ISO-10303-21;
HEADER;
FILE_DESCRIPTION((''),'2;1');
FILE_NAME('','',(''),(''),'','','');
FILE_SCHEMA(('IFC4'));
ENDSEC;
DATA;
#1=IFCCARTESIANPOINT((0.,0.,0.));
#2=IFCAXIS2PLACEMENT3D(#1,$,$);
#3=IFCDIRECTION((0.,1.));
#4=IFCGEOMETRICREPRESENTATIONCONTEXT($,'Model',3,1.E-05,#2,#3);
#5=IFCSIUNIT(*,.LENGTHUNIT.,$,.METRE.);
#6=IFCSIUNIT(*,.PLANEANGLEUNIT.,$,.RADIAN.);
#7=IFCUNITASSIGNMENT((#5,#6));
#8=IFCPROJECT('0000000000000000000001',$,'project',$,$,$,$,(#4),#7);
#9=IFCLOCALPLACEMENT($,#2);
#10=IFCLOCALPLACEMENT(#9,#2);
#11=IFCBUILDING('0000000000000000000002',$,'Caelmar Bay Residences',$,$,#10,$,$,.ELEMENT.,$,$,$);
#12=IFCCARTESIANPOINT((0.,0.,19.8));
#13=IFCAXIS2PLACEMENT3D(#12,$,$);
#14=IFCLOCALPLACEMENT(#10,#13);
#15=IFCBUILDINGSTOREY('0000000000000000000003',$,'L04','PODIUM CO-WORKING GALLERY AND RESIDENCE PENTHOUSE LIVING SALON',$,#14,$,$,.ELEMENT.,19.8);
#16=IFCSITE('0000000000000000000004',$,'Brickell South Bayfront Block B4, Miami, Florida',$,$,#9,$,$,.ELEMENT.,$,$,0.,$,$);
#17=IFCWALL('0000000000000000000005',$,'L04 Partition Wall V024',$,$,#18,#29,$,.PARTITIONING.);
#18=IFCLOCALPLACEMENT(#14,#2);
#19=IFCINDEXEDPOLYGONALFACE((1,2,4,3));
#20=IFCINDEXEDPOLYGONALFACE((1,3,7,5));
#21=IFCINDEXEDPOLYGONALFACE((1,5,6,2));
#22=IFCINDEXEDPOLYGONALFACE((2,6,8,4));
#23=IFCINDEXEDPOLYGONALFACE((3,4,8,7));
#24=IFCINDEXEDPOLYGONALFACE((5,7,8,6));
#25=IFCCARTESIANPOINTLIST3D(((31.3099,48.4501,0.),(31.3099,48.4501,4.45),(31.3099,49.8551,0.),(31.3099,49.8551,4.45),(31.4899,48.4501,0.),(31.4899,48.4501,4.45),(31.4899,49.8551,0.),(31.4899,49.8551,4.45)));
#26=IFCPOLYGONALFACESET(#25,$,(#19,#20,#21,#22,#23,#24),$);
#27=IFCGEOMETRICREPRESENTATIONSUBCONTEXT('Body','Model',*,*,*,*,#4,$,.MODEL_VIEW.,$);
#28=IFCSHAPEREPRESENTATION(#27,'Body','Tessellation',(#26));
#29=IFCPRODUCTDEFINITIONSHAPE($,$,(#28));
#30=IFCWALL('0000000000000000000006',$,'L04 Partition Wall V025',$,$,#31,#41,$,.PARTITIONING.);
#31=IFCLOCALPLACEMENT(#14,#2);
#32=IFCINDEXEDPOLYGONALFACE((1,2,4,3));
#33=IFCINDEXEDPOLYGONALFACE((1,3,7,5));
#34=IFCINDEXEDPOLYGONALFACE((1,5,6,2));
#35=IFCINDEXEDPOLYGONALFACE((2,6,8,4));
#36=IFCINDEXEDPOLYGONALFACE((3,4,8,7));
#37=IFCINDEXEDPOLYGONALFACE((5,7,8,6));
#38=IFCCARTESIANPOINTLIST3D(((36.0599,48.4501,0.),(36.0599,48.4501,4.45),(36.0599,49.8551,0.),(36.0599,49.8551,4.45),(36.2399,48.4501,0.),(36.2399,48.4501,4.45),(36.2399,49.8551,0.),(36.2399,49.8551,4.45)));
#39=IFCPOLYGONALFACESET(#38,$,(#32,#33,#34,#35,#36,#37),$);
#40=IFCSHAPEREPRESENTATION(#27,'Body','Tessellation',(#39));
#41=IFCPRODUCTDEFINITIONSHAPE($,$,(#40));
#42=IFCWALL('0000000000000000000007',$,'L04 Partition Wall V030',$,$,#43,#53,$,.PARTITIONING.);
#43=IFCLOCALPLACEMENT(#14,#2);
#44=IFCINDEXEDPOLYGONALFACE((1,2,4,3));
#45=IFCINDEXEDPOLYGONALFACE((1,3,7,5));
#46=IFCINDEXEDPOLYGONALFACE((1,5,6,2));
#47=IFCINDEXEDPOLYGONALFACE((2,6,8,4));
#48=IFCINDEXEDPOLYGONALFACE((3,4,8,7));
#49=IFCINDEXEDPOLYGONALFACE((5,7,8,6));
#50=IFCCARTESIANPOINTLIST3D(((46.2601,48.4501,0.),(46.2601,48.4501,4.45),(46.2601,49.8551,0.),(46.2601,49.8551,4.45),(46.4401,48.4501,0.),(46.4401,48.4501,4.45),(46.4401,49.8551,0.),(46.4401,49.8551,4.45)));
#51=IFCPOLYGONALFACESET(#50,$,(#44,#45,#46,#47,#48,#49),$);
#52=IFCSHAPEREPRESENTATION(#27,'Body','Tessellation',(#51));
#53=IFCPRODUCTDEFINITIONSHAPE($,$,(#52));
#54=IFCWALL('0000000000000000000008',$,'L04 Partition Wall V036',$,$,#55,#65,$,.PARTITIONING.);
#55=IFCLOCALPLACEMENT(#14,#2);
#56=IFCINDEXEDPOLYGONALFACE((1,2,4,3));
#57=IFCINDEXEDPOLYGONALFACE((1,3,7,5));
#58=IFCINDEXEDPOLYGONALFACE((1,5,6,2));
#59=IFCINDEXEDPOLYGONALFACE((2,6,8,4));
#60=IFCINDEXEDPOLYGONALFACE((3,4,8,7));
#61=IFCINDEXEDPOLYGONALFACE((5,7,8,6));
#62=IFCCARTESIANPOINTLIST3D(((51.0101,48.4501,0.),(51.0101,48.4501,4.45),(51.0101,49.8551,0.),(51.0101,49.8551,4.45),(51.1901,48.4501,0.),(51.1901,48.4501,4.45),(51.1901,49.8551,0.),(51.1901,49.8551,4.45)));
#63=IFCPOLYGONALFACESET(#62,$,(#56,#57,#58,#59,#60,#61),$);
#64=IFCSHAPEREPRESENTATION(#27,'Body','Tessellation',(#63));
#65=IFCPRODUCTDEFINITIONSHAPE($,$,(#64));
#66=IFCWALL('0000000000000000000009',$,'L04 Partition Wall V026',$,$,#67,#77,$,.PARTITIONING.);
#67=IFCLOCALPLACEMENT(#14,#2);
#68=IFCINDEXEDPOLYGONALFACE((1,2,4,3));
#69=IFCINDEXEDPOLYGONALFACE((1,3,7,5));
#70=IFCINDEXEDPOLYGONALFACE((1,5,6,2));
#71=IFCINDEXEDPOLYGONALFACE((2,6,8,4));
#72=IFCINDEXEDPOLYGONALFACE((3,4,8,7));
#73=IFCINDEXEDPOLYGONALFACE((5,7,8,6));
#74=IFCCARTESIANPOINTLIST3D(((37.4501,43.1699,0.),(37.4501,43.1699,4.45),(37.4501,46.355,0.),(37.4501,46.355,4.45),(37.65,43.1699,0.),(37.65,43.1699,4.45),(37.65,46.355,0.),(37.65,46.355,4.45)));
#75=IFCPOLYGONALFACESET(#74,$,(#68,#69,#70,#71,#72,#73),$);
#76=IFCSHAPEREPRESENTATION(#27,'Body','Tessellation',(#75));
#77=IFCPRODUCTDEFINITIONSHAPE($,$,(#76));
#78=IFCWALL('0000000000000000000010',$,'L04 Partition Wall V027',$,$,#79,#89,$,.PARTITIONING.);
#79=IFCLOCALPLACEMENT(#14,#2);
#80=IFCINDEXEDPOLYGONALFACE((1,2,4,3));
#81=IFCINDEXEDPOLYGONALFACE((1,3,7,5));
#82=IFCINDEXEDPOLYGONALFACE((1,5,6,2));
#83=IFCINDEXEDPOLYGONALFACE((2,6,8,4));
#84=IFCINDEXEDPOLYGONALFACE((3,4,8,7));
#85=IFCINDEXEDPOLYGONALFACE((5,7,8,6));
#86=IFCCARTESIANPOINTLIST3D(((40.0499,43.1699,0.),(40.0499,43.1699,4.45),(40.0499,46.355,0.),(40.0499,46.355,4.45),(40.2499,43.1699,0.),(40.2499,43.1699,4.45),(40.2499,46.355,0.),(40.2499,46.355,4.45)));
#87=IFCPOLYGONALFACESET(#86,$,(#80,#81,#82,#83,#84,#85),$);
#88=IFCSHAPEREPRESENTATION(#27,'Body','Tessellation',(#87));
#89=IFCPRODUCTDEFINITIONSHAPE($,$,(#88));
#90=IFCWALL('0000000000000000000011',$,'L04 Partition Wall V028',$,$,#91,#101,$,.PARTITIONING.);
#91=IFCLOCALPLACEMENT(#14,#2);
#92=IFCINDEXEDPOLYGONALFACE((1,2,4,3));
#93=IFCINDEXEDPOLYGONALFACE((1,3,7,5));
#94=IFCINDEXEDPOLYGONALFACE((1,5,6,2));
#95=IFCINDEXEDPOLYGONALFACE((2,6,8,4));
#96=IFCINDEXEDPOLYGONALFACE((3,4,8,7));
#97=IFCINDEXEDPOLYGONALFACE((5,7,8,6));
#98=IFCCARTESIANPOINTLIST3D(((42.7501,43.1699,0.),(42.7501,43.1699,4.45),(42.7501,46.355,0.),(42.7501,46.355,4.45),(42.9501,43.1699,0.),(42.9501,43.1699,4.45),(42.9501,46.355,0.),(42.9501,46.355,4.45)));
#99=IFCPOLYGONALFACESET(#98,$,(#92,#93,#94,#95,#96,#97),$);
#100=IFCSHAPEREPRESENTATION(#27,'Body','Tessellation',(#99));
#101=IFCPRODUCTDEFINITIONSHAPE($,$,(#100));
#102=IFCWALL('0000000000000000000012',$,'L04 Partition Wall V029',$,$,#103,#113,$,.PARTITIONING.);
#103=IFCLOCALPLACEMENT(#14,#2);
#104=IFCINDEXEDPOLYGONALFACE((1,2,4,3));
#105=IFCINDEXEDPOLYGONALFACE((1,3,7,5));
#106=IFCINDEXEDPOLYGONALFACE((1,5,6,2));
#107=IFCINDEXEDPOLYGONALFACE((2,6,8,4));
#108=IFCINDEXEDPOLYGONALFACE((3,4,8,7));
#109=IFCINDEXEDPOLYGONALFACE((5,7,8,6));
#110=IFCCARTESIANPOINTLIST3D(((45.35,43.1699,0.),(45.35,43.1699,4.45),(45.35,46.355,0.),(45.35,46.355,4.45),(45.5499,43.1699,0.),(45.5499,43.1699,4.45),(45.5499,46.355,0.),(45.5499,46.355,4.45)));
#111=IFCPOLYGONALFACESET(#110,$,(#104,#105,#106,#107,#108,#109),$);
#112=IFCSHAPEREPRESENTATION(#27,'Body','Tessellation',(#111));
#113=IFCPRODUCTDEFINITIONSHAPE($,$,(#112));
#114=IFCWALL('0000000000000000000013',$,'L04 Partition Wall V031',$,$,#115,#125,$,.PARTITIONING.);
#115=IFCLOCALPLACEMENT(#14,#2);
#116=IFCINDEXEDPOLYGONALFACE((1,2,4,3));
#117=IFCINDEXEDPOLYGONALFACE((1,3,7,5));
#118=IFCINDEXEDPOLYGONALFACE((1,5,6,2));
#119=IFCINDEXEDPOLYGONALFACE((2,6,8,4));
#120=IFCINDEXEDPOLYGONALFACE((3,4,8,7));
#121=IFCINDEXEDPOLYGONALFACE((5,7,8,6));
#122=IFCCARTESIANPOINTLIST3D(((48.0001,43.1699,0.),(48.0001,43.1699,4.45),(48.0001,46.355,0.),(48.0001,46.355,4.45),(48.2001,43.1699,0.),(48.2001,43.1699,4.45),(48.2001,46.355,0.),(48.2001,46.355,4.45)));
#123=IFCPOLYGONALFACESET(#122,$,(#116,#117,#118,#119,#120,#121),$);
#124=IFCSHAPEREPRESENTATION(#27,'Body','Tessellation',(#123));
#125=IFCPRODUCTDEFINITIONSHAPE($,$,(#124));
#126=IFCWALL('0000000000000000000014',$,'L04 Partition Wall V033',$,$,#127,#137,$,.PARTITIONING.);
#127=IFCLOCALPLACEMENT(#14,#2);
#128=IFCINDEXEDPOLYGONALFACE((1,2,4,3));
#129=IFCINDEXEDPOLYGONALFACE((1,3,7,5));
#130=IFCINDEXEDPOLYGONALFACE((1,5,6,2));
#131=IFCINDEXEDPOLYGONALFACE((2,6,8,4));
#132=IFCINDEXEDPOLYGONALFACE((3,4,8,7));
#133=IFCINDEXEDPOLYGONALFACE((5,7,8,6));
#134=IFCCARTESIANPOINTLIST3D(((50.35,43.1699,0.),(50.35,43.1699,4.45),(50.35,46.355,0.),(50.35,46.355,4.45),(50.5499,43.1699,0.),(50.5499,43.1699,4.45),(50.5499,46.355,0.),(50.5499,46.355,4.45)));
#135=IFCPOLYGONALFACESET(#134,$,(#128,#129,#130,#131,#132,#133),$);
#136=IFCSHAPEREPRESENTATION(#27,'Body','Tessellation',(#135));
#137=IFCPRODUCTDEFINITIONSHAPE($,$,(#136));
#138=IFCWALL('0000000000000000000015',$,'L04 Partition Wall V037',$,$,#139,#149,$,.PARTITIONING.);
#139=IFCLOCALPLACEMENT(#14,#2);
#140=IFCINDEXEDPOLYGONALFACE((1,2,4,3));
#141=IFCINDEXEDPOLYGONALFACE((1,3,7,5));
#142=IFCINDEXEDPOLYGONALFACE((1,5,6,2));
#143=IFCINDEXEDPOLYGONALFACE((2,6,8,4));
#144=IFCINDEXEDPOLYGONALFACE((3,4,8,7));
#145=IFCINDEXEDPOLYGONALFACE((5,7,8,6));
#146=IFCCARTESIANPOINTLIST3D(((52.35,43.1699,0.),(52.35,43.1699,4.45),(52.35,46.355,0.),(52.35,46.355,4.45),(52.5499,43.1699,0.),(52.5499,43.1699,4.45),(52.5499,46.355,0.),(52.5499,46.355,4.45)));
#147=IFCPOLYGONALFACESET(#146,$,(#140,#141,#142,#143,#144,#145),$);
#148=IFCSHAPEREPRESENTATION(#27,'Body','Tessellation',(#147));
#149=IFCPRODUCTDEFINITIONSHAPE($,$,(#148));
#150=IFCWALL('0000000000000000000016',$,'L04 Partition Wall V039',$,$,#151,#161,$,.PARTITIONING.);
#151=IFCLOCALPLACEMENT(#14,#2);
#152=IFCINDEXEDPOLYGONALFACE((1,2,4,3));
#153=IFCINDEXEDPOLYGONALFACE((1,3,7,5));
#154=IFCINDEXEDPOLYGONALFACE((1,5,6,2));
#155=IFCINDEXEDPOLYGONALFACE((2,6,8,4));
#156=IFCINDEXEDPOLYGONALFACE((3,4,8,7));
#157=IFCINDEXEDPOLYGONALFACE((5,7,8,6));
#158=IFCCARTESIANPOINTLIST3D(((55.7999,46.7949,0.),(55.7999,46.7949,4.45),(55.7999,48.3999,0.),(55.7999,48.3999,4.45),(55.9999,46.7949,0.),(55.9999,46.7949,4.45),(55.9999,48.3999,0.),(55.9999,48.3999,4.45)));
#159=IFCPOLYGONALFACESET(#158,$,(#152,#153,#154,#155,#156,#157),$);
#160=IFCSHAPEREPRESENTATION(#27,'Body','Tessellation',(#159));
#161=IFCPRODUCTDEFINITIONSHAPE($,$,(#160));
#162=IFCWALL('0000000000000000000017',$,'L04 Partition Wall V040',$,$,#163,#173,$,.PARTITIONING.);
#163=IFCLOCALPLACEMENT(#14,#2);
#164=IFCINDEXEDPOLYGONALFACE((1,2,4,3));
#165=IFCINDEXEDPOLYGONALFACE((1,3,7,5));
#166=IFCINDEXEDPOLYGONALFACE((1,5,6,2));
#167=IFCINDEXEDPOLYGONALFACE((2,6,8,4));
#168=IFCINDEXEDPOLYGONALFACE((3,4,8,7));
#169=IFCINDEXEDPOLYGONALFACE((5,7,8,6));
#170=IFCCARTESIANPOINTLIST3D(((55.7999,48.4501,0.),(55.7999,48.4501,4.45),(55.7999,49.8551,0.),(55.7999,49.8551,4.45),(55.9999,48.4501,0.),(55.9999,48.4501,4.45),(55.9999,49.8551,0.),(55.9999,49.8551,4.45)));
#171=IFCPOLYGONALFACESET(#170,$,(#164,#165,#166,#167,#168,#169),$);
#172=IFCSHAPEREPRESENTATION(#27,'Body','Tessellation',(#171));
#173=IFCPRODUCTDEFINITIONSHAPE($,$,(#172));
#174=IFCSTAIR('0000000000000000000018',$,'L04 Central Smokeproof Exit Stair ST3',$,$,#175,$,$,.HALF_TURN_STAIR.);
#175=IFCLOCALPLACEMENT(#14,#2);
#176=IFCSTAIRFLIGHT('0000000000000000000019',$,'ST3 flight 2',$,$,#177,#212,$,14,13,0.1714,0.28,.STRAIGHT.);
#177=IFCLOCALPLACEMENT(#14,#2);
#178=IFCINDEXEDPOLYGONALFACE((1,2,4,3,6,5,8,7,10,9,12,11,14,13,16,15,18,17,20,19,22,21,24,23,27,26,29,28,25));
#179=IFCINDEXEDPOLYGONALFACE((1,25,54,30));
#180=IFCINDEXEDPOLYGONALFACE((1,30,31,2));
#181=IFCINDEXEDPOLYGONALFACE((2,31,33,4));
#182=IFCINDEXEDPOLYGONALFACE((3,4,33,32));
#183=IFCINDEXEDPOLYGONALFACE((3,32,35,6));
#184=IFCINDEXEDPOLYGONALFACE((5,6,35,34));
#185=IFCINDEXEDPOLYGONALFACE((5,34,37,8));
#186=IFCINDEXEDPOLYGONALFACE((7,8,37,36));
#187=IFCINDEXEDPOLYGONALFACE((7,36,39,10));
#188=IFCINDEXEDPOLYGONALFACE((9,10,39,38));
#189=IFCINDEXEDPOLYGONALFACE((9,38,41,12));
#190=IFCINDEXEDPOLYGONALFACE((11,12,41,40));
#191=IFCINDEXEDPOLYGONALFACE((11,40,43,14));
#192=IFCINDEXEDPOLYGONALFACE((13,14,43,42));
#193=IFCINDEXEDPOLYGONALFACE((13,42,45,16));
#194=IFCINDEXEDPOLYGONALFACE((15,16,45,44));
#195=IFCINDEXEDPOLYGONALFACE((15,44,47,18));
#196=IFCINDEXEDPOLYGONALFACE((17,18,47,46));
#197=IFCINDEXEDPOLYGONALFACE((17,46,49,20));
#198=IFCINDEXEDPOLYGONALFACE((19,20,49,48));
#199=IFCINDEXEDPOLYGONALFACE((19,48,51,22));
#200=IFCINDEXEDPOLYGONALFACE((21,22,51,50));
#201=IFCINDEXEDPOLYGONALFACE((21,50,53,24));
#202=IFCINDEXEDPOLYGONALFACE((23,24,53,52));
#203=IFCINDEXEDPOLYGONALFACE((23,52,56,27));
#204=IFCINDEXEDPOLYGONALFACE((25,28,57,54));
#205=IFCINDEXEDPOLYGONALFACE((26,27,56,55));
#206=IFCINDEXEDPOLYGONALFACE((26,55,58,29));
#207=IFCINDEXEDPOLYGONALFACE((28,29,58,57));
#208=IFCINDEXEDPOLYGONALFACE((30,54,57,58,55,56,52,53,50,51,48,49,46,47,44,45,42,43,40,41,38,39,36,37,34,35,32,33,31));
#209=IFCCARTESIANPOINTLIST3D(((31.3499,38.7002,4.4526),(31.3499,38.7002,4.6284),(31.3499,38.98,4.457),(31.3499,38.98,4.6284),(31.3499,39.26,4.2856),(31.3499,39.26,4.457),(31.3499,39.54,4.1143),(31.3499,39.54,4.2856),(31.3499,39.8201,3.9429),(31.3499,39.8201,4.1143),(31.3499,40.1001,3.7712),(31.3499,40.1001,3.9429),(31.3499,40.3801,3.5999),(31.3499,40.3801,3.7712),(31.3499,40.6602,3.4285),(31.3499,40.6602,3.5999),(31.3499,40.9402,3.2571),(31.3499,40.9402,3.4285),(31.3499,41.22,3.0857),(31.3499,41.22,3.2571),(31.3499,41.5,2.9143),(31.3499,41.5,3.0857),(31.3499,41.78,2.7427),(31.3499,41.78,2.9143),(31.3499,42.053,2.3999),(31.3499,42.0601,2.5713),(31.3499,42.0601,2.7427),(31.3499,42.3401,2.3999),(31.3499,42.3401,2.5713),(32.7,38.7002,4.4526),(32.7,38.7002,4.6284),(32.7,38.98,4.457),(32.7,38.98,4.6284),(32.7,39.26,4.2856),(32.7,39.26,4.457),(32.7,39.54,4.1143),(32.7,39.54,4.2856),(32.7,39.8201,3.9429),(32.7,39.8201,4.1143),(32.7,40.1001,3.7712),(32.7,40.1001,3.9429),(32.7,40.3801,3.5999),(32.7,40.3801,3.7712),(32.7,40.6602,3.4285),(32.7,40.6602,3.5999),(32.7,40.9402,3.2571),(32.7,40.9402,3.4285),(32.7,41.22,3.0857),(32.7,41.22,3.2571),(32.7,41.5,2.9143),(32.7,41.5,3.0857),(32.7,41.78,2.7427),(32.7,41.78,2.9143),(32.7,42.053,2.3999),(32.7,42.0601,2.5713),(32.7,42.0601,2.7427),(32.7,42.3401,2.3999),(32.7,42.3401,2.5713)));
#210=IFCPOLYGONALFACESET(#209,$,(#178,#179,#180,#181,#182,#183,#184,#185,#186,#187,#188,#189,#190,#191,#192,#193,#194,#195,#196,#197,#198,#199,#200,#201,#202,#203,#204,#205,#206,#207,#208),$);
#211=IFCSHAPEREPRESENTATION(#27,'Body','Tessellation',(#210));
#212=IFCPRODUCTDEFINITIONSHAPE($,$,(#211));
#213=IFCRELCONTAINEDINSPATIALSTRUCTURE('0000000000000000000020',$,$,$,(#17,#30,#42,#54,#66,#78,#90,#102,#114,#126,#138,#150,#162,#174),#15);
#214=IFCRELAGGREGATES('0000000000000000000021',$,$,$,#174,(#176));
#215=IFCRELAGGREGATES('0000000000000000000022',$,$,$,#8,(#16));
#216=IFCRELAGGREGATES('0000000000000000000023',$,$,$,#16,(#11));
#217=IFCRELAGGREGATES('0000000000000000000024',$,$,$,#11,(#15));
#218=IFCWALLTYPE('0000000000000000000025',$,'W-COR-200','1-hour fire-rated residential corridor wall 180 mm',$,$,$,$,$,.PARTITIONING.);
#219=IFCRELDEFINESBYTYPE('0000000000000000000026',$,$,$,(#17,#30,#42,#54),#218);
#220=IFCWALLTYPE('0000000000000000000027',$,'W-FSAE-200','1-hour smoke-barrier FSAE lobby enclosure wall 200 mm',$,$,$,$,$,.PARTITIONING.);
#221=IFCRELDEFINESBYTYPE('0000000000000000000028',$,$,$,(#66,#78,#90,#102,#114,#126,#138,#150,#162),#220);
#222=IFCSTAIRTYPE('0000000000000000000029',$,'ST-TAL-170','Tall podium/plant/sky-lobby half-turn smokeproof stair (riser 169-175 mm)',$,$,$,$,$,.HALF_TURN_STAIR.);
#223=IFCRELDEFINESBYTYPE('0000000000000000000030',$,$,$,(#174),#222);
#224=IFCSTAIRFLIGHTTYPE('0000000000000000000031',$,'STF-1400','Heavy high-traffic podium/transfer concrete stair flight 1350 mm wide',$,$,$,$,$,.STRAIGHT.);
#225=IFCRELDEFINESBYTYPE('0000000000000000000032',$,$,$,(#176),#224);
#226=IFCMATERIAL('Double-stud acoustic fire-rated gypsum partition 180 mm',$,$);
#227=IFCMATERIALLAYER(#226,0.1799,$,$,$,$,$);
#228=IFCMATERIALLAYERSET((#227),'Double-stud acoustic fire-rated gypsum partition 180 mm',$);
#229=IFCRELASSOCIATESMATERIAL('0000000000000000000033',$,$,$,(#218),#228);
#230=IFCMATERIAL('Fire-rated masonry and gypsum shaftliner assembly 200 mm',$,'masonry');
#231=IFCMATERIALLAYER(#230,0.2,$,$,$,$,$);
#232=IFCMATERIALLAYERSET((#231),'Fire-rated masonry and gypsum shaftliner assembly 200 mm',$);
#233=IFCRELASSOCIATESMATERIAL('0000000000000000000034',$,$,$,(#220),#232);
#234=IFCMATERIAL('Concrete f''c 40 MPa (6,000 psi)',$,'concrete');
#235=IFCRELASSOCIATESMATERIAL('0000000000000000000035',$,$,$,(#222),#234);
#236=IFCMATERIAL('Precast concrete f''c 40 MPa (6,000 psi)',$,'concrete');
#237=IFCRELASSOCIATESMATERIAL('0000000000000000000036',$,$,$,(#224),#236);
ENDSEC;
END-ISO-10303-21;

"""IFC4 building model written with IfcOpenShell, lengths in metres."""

from ifc_helpers import new_model, si_unit, direction, frame, frame_2d, origin, place, context, subcontext, project, spatial, polyline, rectangle, outline, extrude, material, layer, layer_set, type_object, element, aggregate, save


model = new_model("IFC4")

# Units and contexts
model_context = context("Model", 3, precision=1e-05, world=origin(), true_north=direction((0.0, 1.0)))
body_context = subcontext(model_context, "Body", "Model", "MODEL_VIEW")
ifc_project = project(units=[si_unit("LENGTHUNIT", "METRE"), si_unit("PLANEANGLEUNIT", "RADIAN")], contexts=[model_context])

# Site, building, storey
site_placement = place(None, origin())
site = spatial("IfcSite", under=ifc_project, at=site_placement, Name="Brickell South Bayfront Block B4, Miami, Florida", CompositionType="ELEMENT", RefElevation=0.0)
building_placement = place(site_placement, origin())
building = spatial("IfcBuilding", under=site, at=building_placement, Name="Caelmar Bay Residences", CompositionType="ELEMENT")
storey_placement = place(building_placement, frame((0.0, 0.0, 19.8)))
storey = spatial("IfcBuildingStorey", under=building, at=storey_placement, Name="L04", Description="PODIUM CO-WORKING GALLERY AND RESIDENCE PENTHOUSE LIVING SALON", CompositionType="ELEMENT", Elevation=19.8)

# Walls
ifc_material_1 = material(Name="Double-stud acoustic fire-rated gypsum partition 180 mm")
ifc_layer_1 = layer(ifc_material_1, 0.1799)
ifc_layer_set_1 = layer_set([ifc_layer_1], Name="Double-stud acoustic fire-rated gypsum partition 180 mm")
wall_type_1 = type_object("IfcWallType", Name="W-COR-200", Description="1-hour fire-rated residential corridor wall 180 mm", PredefinedType="PARTITIONING", material=ifc_layer_set_1)
for number, where, z_axis, x_axis, name in (
    (1, (31.3999, 48.45, 0.0), (0.0, 0.0, 1.0), (0.0, 1.0, 0.0), "L04 Partition Wall V024"),
    (2, (36.1499, 48.45, 0.0), (0.0, 0.0, 1.0), (0.0, 1.0, 0.0), "L04 Partition Wall V025"),
    (3, (46.3501, 48.45, 0.0), (0.0, 0.0, 1.0), (0.0, 1.0, 0.0), "L04 Partition Wall V030"),
    (4, (51.1001, 48.45, 0.0), (0.0, 0.0, 1.0), (0.0, 1.0, 0.0), "L04 Partition Wall V036"),
):
    element("IfcWall", number, at=place(storey_placement, frame(where, z_axis=z_axis, x_axis=x_axis)), inside=storey, type_object=wall_type_1, Name=name, PredefinedType="PARTITIONING", context=body_context, shape_type="SweptSolid", body=[
        extrude(rectangle(XDim=1.405, YDim=0.1799, at=frame_2d((0.7026, 0.0))), origin(), (0.0, 0.0, 1.0), 4.45),
    ])
ifc_material_2 = material(Name="Fire-rated masonry and gypsum shaftliner assembly 200 mm", Category="masonry")
ifc_layer_2 = layer(ifc_material_2, 0.2)
ifc_layer_set_2 = layer_set([ifc_layer_2], Name="Fire-rated masonry and gypsum shaftliner assembly 200 mm")
wall_type_2 = type_object("IfcWallType", Name="W-FSAE-200", Description="1-hour smoke-barrier FSAE lobby enclosure wall 200 mm", PredefinedType="PARTITIONING", material=ifc_layer_set_2)
for number, where, z_axis, x_axis, name in (
    (5, (37.55, 43.1699, 0.0), (0.0, 0.0, 1.0), (0.0, 1.0, 0.0), "L04 Partition Wall V026"),
    (6, (40.1499, 43.1699, 0.0), (0.0, 0.0, 1.0), (0.0, 1.0, 0.0), "L04 Partition Wall V027"),
    (7, (42.8501, 43.1699, 0.0), (0.0, 0.0, 1.0), (0.0, 1.0, 0.0), "L04 Partition Wall V028"),
    (8, (45.45, 43.1699, 0.0), (0.0, 0.0, 1.0), (0.0, 1.0, 0.0), "L04 Partition Wall V029"),
    (9, (48.1001, 43.1699, 0.0), (0.0, 0.0, 1.0), (0.0, 1.0, 0.0), "L04 Partition Wall V031"),
    (10, (50.45, 43.1699, 0.0), (0.0, 0.0, 1.0), (0.0, 1.0, 0.0), "L04 Partition Wall V033"),
    (11, (52.45, 43.1699, 0.0), (0.0, 0.0, 1.0), (0.0, 1.0, 0.0), "L04 Partition Wall V037"),
):
    element("IfcWall", number, at=place(storey_placement, frame(where, z_axis=z_axis, x_axis=x_axis)), inside=storey, type_object=wall_type_2, Name=name, PredefinedType="PARTITIONING", context=body_context, shape_type="SweptSolid", body=[
        extrude(rectangle(XDim=3.1851, YDim=0.2, at=frame_2d((1.5925, 0.0))), origin(), (0.0, 0.0, 1.0), 4.45),
    ])
wall_1_placement = place(storey_placement, frame((55.8999, 46.7949, 0.0), z_axis=(0.0, 0.0, 1.0), x_axis=(0.0, 1.0, 0.0)))
element("IfcWall", 12, at=wall_1_placement, inside=storey, type_object=wall_type_2, Name="L04 Partition Wall V039", PredefinedType="PARTITIONING", context=body_context, shape_type="SweptSolid", body=[
    extrude(rectangle(XDim=1.605, YDim=0.2, at=frame_2d((0.8025, 0.0))), origin(), (0.0, 0.0, 1.0), 4.45),
])
wall_2_placement = place(storey_placement, frame((55.8999, 48.45, 0.0), z_axis=(0.0, 0.0, 1.0), x_axis=(0.0, 1.0, 0.0)))
element("IfcWall", 13, at=wall_2_placement, inside=storey, type_object=wall_type_2, Name="L04 Partition Wall V040", PredefinedType="PARTITIONING", context=body_context, shape_type="SweptSolid", body=[
    extrude(rectangle(XDim=1.405, YDim=0.2, at=frame_2d((0.7026, 0.0))), origin(), (0.0, 0.0, 1.0), 4.45),
])

# Stair, stair flight
ifc_material_3 = material(Name="Concrete f'c 40 MPa (6,000 psi)", Category="concrete")
stair_type = type_object("IfcStairType", Name="ST-TAL-170", Description="Tall podium/plant/sky-lobby half-turn smokeproof stair (riser 169-175 mm)", PredefinedType="HALF_TURN_STAIR", material=ifc_material_3)
stair_placement = place(storey_placement, origin())
stair = element("IfcStair", 14, at=stair_placement, inside=storey, type_object=stair_type, Name="L04 Central Smokeproof Exit Stair ST3", PredefinedType="HALF_TURN_STAIR")
ifc_material_4 = material(Name="Precast concrete f'c 40 MPa (6,000 psi)", Category="concrete")
stair_flight_type = type_object("IfcStairFlightType", Name="STF-1400", Description="Heavy high-traffic podium/transfer concrete stair flight 1350 mm wide", PredefinedType="STRAIGHT", material=ifc_material_4)
stair_flight_placement = place(storey_placement, frame((32.0249, 42.3401, 2.3999), z_axis=(0.0, 0.0, 1.0), x_axis=(0.0, -1.0, 0.0)))
stair_flight = element("IfcStairFlight", 15, at=stair_flight_placement, type_object=stair_flight_type, Name="ST3 flight 2", NumberOfRisers=14, NumberOfTreads=13, PredefinedType="STRAIGHT", RiserHeight=0.1714, TreadLength=0.28, context=body_context, shape_type="SweptSolid", body=[
    extrude(outline(polyline([(0.0, 0.0), (0.0, 0.1714), (0.28, 0.1714), (0.28, 0.3428), (0.5601, 0.3428), (0.5601, 0.5144), (0.8401, 0.5144), (0.8401, 0.6858), (1.1201, 0.6858), (1.1201, 0.8572), (1.3999, 0.8572), (1.3999, 1.0286), (1.6799, 1.0286), (1.6799, 1.2), (1.96, 1.2), (1.96, 1.3713), (2.24, 1.3713), (2.24, 1.543), (2.52, 1.543), (2.52, 1.7144), (2.8, 1.7144), (2.8, 1.8857), (3.0801, 1.8857), (3.0801, 2.0571), (3.3601, 2.0571), (3.3601, 2.2285), (3.6399, 2.2285), (3.6399, 2.3999), (3.6399, 2.0527), (0.2871, 0.0), (0.0, 0.0)])), frame((0.0, 0.675, 0.0), z_axis=(0.0, -1.0, 0.0), x_axis=(1.0, 0.0, 0.0)), (0.0, 0.0, 1.0), 1.3501),
])
aggregate(stair, [stair_flight])

save(model, "model.ifc")
